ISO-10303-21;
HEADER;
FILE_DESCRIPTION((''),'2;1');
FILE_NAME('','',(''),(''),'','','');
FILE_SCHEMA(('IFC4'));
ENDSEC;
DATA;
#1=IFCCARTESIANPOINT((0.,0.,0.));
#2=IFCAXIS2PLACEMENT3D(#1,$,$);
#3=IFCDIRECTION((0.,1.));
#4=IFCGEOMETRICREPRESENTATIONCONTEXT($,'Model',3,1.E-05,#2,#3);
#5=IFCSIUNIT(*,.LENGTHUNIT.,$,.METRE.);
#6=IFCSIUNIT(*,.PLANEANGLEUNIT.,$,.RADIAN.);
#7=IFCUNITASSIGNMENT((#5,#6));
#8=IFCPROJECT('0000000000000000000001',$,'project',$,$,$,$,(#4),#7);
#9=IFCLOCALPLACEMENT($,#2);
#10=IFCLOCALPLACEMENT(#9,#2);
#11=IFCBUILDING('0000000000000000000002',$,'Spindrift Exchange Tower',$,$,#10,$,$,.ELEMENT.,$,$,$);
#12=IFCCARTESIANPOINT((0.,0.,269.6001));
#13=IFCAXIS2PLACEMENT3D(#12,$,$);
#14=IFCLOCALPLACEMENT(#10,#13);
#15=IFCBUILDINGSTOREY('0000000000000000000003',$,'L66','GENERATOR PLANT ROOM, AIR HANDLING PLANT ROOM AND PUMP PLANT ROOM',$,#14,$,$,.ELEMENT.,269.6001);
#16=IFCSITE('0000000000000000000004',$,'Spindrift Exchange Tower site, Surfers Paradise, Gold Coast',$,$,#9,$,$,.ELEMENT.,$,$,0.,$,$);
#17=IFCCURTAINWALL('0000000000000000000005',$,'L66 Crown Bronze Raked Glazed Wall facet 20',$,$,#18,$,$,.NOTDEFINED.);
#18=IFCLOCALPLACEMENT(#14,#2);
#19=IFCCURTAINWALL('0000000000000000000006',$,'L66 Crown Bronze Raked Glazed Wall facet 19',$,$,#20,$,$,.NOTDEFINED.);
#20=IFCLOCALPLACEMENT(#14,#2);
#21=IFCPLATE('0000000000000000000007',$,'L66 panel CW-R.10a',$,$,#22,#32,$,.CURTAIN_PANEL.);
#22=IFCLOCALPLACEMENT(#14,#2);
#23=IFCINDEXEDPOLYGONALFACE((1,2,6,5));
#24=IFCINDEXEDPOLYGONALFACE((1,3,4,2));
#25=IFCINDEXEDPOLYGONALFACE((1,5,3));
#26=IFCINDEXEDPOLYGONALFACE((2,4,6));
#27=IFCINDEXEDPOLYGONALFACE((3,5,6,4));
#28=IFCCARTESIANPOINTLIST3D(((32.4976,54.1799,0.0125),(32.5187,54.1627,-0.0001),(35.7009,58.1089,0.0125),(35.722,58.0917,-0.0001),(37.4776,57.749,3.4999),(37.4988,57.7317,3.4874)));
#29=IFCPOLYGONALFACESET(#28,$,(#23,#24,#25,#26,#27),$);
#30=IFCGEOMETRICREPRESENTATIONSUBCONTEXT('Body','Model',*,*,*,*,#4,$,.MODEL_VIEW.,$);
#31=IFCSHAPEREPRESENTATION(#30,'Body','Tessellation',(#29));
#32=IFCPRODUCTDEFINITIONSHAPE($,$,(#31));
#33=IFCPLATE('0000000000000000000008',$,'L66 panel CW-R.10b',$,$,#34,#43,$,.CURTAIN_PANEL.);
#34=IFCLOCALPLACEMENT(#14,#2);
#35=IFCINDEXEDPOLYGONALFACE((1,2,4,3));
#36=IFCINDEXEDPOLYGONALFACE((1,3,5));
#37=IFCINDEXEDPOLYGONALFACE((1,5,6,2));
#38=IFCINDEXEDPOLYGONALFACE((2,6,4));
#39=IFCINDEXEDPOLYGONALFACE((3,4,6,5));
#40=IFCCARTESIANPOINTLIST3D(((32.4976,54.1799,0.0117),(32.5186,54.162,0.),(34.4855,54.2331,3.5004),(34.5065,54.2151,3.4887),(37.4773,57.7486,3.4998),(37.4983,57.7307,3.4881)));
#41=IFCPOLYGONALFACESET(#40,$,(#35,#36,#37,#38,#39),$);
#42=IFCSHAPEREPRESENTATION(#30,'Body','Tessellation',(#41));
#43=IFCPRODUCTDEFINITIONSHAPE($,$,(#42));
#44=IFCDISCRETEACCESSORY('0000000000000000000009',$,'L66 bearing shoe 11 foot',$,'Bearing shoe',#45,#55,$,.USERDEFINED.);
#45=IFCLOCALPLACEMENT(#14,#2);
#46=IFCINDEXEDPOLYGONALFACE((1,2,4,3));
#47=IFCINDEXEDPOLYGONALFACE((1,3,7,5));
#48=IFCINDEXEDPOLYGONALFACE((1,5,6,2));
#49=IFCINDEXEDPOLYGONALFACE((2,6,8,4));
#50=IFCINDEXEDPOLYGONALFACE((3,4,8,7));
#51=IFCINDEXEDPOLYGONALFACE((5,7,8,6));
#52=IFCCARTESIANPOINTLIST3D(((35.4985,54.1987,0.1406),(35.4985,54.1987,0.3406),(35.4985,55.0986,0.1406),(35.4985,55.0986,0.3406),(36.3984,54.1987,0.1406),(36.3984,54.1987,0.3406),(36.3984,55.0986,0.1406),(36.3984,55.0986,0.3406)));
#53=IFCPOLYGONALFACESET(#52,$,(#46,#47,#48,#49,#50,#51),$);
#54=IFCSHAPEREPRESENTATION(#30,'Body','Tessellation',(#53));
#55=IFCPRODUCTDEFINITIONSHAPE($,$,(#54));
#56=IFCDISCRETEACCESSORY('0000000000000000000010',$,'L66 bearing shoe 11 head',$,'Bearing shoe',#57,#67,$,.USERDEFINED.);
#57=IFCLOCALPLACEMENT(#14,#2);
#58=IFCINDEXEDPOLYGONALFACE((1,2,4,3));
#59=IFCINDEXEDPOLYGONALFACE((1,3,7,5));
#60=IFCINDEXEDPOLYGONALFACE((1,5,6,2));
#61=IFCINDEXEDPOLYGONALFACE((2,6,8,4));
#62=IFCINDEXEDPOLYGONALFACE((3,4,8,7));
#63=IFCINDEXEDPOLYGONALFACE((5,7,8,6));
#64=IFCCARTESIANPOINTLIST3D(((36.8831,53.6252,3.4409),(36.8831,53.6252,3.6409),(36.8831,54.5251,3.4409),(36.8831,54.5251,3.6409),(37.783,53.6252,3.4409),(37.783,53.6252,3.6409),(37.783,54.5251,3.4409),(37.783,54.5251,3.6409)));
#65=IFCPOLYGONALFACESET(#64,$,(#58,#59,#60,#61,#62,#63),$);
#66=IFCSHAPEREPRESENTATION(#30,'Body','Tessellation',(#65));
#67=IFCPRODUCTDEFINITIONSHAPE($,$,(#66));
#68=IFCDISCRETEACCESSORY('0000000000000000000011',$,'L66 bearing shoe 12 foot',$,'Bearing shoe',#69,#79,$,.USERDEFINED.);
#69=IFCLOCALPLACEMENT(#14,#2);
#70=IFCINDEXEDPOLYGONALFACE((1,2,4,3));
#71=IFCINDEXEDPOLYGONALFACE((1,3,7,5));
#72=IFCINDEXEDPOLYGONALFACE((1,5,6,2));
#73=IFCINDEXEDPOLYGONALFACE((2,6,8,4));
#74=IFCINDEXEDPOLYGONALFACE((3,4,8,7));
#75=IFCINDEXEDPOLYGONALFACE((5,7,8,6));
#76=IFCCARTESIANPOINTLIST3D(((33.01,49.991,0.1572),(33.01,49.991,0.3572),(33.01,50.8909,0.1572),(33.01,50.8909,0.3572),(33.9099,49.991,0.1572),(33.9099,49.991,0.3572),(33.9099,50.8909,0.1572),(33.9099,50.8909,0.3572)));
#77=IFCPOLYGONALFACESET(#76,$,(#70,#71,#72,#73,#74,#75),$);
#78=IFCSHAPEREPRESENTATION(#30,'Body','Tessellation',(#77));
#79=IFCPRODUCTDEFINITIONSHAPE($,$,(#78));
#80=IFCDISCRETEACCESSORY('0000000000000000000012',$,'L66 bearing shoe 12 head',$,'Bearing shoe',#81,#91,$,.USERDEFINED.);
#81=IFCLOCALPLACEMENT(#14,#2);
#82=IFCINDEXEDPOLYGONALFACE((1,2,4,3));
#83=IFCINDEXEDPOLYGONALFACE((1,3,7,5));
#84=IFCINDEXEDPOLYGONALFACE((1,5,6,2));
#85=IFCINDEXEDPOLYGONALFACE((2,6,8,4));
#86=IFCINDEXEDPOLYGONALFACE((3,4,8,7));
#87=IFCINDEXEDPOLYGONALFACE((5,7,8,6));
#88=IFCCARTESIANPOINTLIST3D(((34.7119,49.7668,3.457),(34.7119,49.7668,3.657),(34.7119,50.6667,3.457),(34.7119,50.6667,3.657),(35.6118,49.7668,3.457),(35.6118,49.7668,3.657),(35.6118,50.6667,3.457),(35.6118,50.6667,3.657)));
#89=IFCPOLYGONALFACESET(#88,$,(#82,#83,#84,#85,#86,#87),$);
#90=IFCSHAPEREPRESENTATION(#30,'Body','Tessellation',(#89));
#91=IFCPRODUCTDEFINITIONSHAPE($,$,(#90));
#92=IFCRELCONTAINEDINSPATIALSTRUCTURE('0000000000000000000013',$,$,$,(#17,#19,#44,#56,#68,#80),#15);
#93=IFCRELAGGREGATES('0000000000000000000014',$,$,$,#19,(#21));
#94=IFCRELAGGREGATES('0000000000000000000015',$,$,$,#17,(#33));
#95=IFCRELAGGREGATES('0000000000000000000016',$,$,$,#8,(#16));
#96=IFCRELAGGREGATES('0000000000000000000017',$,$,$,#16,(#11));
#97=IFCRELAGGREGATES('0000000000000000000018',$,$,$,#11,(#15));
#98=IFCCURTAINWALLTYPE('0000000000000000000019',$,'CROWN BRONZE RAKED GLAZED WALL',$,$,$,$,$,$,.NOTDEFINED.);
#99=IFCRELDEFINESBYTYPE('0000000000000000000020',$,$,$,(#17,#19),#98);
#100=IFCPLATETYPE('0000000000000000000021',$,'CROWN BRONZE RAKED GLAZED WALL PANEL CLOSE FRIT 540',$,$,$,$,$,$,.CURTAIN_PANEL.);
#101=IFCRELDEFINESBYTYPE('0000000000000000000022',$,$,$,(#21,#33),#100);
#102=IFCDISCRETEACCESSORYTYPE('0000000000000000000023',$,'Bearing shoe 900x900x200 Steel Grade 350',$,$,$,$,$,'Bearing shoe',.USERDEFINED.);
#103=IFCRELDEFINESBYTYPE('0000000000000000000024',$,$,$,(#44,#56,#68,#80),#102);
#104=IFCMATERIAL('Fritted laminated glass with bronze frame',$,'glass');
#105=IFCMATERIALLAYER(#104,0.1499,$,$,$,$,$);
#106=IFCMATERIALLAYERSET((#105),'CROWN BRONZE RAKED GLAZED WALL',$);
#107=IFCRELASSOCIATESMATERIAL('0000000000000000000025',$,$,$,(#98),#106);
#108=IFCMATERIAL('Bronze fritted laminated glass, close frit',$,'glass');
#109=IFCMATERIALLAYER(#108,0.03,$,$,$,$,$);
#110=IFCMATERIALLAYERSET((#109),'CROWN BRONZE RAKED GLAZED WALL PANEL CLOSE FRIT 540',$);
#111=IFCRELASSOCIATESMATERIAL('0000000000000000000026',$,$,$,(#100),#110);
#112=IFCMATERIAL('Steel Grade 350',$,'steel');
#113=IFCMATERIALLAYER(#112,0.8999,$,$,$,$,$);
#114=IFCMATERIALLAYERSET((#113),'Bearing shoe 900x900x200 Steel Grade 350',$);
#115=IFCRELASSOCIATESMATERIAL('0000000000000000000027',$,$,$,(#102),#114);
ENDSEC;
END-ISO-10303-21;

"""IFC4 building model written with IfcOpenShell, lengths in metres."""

from ifc_helpers import new_model, si_unit, direction, frame, origin, origin_2d, place, context, subcontext, project, spatial, line, indexed_curve, rectangle, outline, extrude, source, transform, mapped, material, layer, layer_set, type_object, element, aggregate, save


model = new_model("IFC4")

# Units and contexts
model_context = context("Model", 3, precision=1e-05, world=origin(), true_north=direction((0.0, 1.0)))
body_context = subcontext(model_context, "Body", "Model", "MODEL_VIEW")
ifc_project = project(units=[si_unit("LENGTHUNIT", "METRE"), si_unit("PLANEANGLEUNIT", "RADIAN")], contexts=[model_context])

# Site, building, storey
site_placement = place(None, origin())
site = spatial("IfcSite", under=ifc_project, at=site_placement, Name="Spindrift Exchange Tower site, Surfers Paradise, Gold Coast", CompositionType="ELEMENT", RefElevation=0.0)
building_placement = place(site_placement, origin())
building = spatial("IfcBuilding", under=site, at=building_placement, Name="Spindrift Exchange Tower", CompositionType="ELEMENT")
storey_placement = place(building_placement, frame((0.0, 0.0, 269.6001)))
storey = spatial("IfcBuildingStorey", under=building, at=storey_placement, Name="L66", Description="GENERATOR PLANT ROOM, AIR HANDLING PLANT ROOM AND PUMP PLANT ROOM", CompositionType="ELEMENT", Elevation=269.6001)

# Curtain wall
ifc_material_1 = material(Name="Fritted laminated glass with bronze frame", Category="glass")
ifc_layer_1 = layer(ifc_material_1, 0.1499)
ifc_layer_set_1 = layer_set([ifc_layer_1], Name="CROWN BRONZE RAKED GLAZED WALL")
curtain_wall_type = type_object("IfcCurtainWallType", Name="CROWN BRONZE RAKED GLAZED WALL", PredefinedType="NOTDEFINED", material=ifc_layer_set_1)
curtain_wall_1_placement = place(storey_placement, origin())
curtain_wall_1 = element("IfcCurtainWall", 1, at=curtain_wall_1_placement, inside=storey, type_object=curtain_wall_type, Name="L66 Crown Bronze Raked Glazed Wall facet 20", PredefinedType="NOTDEFINED")

# Curtain wall
curtain_wall_2_placement = place(storey_placement, origin())
curtain_wall_2 = element("IfcCurtainWall", 2, at=curtain_wall_2_placement, inside=storey, type_object=curtain_wall_type, Name="L66 Crown Bronze Raked Glazed Wall facet 19", PredefinedType="NOTDEFINED")

# Plates
ifc_material_2 = material(Name="Bronze fritted laminated glass, close frit", Category="glass")
ifc_layer_2 = layer(ifc_material_2, 0.03)
ifc_layer_set_2 = layer_set([ifc_layer_2], Name="CROWN BRONZE RAKED GLAZED WALL PANEL CLOSE FRIT 540")
plate_type_1 = type_object("IfcPlateType", Name="CROWN BRONZE RAKED GLAZED WALL PANEL CLOSE FRIT 540", PredefinedType="CURTAIN_PANEL", material=ifc_layer_set_2)
plate_1_placement = place(storey_placement, frame((32.4976, 54.1799, 0.0125), z_axis=(-0.704101, 0.574062, 0.417964), x_axis=(0.631904, 0.775046, 0.0)))
plate_1 = element("IfcPlate", 3, at=plate_1_placement, type_object=plate_type_1, Name="L66 panel CW-R.10a", PredefinedType="CURTAIN_PANEL", context=body_context, shape_type="SweptSolid", body=[
    extrude(outline(indexed_curve([(0.0, 0.0), (5.0693, 0.0), (5.9131, -3.8389)], segments=[line(1, 2, 3, 1)], self_intersect=False)), origin(), (0.0, 0.0, -1.0), 0.03),
])
aggregate(curtain_wall_2, [plate_1])
plate_2_placement = place(storey_placement, frame((32.4976, 54.1799, 0.0117), z_axis=(-0.701088, 0.596704, 0.39041), x_axis=(0.706363, 0.506207, 0.494779)))
plate_2 = element("IfcPlate", 4, at=plate_2_placement, type_object=plate_type_1, Name="L66 panel CW-R.10b", PredefinedType="CURTAIN_PANEL", context=body_context, shape_type="SweptSolid", body=[
    extrude(outline(indexed_curve([(0.0, 0.0), (7.0498, 0.0), (3.1572, -2.4814)], segments=[line(1, 2, 3, 1)], self_intersect=False)), origin(), (0.0, 0.0, -1.0), 0.03),
])
aggregate(curtain_wall_1, [plate_2])

# Discrete accessories
ifc_material_3 = material(Name="Steel Grade 350", Category="steel")
ifc_layer_3 = layer(ifc_material_3, 0.8999)
ifc_layer_set_3 = layer_set([ifc_layer_3], Name="Bearing shoe 900x900x200 Steel Grade 350")
discrete_accessory_type = type_object("IfcDiscreteAccessoryType", Name="Bearing shoe 900x900x200 Steel Grade 350", ElementType="Bearing shoe", PredefinedType="USERDEFINED", material=ifc_layer_set_3)
shared_shape_1 = source(origin(), body_context, "Body", "SweptSolid", [
    extrude(rectangle(XDim=0.8999, YDim=0.8999, at=origin_2d()), origin(), (0.0, 0.0, 1.0), 0.2),
])
for number, where, z_axis, x_axis, name in (
    (5, (35.9485, 54.6487, 0.1406), (0.0, 0.0, 1.0), (1.0, 0.0, 0.0), "L66 bearing shoe 11 foot"),
    (6, (37.333, 54.0752, 3.4409), (0.0, 0.0, 1.0), (1.0, 0.0, 0.0), "L66 bearing shoe 11 head"),
    (7, (33.46, 50.4409, 0.1572), (0.0, 0.0, 1.0), (1.0, 0.0, 0.0), "L66 bearing shoe 12 foot"),
    (8, (35.1619, 50.2168, 3.457), (0.0, 0.0, 1.0), (1.0, 0.0, 0.0), "L66 bearing shoe 12 head"),
):
    element("IfcDiscreteAccessory", number, at=place(storey_placement, frame(where, z_axis=z_axis, x_axis=x_axis)), inside=storey, type_object=discrete_accessory_type, Name=name, ObjectType="Bearing shoe", PredefinedType="USERDEFINED", context=body_context, shape_type="MappedRepresentation", body=[
        mapped(shared_shape_1, transform((0.0, 0.0, 0.0), scale=1.0)),
    ])

save(model, "model.ifc")
